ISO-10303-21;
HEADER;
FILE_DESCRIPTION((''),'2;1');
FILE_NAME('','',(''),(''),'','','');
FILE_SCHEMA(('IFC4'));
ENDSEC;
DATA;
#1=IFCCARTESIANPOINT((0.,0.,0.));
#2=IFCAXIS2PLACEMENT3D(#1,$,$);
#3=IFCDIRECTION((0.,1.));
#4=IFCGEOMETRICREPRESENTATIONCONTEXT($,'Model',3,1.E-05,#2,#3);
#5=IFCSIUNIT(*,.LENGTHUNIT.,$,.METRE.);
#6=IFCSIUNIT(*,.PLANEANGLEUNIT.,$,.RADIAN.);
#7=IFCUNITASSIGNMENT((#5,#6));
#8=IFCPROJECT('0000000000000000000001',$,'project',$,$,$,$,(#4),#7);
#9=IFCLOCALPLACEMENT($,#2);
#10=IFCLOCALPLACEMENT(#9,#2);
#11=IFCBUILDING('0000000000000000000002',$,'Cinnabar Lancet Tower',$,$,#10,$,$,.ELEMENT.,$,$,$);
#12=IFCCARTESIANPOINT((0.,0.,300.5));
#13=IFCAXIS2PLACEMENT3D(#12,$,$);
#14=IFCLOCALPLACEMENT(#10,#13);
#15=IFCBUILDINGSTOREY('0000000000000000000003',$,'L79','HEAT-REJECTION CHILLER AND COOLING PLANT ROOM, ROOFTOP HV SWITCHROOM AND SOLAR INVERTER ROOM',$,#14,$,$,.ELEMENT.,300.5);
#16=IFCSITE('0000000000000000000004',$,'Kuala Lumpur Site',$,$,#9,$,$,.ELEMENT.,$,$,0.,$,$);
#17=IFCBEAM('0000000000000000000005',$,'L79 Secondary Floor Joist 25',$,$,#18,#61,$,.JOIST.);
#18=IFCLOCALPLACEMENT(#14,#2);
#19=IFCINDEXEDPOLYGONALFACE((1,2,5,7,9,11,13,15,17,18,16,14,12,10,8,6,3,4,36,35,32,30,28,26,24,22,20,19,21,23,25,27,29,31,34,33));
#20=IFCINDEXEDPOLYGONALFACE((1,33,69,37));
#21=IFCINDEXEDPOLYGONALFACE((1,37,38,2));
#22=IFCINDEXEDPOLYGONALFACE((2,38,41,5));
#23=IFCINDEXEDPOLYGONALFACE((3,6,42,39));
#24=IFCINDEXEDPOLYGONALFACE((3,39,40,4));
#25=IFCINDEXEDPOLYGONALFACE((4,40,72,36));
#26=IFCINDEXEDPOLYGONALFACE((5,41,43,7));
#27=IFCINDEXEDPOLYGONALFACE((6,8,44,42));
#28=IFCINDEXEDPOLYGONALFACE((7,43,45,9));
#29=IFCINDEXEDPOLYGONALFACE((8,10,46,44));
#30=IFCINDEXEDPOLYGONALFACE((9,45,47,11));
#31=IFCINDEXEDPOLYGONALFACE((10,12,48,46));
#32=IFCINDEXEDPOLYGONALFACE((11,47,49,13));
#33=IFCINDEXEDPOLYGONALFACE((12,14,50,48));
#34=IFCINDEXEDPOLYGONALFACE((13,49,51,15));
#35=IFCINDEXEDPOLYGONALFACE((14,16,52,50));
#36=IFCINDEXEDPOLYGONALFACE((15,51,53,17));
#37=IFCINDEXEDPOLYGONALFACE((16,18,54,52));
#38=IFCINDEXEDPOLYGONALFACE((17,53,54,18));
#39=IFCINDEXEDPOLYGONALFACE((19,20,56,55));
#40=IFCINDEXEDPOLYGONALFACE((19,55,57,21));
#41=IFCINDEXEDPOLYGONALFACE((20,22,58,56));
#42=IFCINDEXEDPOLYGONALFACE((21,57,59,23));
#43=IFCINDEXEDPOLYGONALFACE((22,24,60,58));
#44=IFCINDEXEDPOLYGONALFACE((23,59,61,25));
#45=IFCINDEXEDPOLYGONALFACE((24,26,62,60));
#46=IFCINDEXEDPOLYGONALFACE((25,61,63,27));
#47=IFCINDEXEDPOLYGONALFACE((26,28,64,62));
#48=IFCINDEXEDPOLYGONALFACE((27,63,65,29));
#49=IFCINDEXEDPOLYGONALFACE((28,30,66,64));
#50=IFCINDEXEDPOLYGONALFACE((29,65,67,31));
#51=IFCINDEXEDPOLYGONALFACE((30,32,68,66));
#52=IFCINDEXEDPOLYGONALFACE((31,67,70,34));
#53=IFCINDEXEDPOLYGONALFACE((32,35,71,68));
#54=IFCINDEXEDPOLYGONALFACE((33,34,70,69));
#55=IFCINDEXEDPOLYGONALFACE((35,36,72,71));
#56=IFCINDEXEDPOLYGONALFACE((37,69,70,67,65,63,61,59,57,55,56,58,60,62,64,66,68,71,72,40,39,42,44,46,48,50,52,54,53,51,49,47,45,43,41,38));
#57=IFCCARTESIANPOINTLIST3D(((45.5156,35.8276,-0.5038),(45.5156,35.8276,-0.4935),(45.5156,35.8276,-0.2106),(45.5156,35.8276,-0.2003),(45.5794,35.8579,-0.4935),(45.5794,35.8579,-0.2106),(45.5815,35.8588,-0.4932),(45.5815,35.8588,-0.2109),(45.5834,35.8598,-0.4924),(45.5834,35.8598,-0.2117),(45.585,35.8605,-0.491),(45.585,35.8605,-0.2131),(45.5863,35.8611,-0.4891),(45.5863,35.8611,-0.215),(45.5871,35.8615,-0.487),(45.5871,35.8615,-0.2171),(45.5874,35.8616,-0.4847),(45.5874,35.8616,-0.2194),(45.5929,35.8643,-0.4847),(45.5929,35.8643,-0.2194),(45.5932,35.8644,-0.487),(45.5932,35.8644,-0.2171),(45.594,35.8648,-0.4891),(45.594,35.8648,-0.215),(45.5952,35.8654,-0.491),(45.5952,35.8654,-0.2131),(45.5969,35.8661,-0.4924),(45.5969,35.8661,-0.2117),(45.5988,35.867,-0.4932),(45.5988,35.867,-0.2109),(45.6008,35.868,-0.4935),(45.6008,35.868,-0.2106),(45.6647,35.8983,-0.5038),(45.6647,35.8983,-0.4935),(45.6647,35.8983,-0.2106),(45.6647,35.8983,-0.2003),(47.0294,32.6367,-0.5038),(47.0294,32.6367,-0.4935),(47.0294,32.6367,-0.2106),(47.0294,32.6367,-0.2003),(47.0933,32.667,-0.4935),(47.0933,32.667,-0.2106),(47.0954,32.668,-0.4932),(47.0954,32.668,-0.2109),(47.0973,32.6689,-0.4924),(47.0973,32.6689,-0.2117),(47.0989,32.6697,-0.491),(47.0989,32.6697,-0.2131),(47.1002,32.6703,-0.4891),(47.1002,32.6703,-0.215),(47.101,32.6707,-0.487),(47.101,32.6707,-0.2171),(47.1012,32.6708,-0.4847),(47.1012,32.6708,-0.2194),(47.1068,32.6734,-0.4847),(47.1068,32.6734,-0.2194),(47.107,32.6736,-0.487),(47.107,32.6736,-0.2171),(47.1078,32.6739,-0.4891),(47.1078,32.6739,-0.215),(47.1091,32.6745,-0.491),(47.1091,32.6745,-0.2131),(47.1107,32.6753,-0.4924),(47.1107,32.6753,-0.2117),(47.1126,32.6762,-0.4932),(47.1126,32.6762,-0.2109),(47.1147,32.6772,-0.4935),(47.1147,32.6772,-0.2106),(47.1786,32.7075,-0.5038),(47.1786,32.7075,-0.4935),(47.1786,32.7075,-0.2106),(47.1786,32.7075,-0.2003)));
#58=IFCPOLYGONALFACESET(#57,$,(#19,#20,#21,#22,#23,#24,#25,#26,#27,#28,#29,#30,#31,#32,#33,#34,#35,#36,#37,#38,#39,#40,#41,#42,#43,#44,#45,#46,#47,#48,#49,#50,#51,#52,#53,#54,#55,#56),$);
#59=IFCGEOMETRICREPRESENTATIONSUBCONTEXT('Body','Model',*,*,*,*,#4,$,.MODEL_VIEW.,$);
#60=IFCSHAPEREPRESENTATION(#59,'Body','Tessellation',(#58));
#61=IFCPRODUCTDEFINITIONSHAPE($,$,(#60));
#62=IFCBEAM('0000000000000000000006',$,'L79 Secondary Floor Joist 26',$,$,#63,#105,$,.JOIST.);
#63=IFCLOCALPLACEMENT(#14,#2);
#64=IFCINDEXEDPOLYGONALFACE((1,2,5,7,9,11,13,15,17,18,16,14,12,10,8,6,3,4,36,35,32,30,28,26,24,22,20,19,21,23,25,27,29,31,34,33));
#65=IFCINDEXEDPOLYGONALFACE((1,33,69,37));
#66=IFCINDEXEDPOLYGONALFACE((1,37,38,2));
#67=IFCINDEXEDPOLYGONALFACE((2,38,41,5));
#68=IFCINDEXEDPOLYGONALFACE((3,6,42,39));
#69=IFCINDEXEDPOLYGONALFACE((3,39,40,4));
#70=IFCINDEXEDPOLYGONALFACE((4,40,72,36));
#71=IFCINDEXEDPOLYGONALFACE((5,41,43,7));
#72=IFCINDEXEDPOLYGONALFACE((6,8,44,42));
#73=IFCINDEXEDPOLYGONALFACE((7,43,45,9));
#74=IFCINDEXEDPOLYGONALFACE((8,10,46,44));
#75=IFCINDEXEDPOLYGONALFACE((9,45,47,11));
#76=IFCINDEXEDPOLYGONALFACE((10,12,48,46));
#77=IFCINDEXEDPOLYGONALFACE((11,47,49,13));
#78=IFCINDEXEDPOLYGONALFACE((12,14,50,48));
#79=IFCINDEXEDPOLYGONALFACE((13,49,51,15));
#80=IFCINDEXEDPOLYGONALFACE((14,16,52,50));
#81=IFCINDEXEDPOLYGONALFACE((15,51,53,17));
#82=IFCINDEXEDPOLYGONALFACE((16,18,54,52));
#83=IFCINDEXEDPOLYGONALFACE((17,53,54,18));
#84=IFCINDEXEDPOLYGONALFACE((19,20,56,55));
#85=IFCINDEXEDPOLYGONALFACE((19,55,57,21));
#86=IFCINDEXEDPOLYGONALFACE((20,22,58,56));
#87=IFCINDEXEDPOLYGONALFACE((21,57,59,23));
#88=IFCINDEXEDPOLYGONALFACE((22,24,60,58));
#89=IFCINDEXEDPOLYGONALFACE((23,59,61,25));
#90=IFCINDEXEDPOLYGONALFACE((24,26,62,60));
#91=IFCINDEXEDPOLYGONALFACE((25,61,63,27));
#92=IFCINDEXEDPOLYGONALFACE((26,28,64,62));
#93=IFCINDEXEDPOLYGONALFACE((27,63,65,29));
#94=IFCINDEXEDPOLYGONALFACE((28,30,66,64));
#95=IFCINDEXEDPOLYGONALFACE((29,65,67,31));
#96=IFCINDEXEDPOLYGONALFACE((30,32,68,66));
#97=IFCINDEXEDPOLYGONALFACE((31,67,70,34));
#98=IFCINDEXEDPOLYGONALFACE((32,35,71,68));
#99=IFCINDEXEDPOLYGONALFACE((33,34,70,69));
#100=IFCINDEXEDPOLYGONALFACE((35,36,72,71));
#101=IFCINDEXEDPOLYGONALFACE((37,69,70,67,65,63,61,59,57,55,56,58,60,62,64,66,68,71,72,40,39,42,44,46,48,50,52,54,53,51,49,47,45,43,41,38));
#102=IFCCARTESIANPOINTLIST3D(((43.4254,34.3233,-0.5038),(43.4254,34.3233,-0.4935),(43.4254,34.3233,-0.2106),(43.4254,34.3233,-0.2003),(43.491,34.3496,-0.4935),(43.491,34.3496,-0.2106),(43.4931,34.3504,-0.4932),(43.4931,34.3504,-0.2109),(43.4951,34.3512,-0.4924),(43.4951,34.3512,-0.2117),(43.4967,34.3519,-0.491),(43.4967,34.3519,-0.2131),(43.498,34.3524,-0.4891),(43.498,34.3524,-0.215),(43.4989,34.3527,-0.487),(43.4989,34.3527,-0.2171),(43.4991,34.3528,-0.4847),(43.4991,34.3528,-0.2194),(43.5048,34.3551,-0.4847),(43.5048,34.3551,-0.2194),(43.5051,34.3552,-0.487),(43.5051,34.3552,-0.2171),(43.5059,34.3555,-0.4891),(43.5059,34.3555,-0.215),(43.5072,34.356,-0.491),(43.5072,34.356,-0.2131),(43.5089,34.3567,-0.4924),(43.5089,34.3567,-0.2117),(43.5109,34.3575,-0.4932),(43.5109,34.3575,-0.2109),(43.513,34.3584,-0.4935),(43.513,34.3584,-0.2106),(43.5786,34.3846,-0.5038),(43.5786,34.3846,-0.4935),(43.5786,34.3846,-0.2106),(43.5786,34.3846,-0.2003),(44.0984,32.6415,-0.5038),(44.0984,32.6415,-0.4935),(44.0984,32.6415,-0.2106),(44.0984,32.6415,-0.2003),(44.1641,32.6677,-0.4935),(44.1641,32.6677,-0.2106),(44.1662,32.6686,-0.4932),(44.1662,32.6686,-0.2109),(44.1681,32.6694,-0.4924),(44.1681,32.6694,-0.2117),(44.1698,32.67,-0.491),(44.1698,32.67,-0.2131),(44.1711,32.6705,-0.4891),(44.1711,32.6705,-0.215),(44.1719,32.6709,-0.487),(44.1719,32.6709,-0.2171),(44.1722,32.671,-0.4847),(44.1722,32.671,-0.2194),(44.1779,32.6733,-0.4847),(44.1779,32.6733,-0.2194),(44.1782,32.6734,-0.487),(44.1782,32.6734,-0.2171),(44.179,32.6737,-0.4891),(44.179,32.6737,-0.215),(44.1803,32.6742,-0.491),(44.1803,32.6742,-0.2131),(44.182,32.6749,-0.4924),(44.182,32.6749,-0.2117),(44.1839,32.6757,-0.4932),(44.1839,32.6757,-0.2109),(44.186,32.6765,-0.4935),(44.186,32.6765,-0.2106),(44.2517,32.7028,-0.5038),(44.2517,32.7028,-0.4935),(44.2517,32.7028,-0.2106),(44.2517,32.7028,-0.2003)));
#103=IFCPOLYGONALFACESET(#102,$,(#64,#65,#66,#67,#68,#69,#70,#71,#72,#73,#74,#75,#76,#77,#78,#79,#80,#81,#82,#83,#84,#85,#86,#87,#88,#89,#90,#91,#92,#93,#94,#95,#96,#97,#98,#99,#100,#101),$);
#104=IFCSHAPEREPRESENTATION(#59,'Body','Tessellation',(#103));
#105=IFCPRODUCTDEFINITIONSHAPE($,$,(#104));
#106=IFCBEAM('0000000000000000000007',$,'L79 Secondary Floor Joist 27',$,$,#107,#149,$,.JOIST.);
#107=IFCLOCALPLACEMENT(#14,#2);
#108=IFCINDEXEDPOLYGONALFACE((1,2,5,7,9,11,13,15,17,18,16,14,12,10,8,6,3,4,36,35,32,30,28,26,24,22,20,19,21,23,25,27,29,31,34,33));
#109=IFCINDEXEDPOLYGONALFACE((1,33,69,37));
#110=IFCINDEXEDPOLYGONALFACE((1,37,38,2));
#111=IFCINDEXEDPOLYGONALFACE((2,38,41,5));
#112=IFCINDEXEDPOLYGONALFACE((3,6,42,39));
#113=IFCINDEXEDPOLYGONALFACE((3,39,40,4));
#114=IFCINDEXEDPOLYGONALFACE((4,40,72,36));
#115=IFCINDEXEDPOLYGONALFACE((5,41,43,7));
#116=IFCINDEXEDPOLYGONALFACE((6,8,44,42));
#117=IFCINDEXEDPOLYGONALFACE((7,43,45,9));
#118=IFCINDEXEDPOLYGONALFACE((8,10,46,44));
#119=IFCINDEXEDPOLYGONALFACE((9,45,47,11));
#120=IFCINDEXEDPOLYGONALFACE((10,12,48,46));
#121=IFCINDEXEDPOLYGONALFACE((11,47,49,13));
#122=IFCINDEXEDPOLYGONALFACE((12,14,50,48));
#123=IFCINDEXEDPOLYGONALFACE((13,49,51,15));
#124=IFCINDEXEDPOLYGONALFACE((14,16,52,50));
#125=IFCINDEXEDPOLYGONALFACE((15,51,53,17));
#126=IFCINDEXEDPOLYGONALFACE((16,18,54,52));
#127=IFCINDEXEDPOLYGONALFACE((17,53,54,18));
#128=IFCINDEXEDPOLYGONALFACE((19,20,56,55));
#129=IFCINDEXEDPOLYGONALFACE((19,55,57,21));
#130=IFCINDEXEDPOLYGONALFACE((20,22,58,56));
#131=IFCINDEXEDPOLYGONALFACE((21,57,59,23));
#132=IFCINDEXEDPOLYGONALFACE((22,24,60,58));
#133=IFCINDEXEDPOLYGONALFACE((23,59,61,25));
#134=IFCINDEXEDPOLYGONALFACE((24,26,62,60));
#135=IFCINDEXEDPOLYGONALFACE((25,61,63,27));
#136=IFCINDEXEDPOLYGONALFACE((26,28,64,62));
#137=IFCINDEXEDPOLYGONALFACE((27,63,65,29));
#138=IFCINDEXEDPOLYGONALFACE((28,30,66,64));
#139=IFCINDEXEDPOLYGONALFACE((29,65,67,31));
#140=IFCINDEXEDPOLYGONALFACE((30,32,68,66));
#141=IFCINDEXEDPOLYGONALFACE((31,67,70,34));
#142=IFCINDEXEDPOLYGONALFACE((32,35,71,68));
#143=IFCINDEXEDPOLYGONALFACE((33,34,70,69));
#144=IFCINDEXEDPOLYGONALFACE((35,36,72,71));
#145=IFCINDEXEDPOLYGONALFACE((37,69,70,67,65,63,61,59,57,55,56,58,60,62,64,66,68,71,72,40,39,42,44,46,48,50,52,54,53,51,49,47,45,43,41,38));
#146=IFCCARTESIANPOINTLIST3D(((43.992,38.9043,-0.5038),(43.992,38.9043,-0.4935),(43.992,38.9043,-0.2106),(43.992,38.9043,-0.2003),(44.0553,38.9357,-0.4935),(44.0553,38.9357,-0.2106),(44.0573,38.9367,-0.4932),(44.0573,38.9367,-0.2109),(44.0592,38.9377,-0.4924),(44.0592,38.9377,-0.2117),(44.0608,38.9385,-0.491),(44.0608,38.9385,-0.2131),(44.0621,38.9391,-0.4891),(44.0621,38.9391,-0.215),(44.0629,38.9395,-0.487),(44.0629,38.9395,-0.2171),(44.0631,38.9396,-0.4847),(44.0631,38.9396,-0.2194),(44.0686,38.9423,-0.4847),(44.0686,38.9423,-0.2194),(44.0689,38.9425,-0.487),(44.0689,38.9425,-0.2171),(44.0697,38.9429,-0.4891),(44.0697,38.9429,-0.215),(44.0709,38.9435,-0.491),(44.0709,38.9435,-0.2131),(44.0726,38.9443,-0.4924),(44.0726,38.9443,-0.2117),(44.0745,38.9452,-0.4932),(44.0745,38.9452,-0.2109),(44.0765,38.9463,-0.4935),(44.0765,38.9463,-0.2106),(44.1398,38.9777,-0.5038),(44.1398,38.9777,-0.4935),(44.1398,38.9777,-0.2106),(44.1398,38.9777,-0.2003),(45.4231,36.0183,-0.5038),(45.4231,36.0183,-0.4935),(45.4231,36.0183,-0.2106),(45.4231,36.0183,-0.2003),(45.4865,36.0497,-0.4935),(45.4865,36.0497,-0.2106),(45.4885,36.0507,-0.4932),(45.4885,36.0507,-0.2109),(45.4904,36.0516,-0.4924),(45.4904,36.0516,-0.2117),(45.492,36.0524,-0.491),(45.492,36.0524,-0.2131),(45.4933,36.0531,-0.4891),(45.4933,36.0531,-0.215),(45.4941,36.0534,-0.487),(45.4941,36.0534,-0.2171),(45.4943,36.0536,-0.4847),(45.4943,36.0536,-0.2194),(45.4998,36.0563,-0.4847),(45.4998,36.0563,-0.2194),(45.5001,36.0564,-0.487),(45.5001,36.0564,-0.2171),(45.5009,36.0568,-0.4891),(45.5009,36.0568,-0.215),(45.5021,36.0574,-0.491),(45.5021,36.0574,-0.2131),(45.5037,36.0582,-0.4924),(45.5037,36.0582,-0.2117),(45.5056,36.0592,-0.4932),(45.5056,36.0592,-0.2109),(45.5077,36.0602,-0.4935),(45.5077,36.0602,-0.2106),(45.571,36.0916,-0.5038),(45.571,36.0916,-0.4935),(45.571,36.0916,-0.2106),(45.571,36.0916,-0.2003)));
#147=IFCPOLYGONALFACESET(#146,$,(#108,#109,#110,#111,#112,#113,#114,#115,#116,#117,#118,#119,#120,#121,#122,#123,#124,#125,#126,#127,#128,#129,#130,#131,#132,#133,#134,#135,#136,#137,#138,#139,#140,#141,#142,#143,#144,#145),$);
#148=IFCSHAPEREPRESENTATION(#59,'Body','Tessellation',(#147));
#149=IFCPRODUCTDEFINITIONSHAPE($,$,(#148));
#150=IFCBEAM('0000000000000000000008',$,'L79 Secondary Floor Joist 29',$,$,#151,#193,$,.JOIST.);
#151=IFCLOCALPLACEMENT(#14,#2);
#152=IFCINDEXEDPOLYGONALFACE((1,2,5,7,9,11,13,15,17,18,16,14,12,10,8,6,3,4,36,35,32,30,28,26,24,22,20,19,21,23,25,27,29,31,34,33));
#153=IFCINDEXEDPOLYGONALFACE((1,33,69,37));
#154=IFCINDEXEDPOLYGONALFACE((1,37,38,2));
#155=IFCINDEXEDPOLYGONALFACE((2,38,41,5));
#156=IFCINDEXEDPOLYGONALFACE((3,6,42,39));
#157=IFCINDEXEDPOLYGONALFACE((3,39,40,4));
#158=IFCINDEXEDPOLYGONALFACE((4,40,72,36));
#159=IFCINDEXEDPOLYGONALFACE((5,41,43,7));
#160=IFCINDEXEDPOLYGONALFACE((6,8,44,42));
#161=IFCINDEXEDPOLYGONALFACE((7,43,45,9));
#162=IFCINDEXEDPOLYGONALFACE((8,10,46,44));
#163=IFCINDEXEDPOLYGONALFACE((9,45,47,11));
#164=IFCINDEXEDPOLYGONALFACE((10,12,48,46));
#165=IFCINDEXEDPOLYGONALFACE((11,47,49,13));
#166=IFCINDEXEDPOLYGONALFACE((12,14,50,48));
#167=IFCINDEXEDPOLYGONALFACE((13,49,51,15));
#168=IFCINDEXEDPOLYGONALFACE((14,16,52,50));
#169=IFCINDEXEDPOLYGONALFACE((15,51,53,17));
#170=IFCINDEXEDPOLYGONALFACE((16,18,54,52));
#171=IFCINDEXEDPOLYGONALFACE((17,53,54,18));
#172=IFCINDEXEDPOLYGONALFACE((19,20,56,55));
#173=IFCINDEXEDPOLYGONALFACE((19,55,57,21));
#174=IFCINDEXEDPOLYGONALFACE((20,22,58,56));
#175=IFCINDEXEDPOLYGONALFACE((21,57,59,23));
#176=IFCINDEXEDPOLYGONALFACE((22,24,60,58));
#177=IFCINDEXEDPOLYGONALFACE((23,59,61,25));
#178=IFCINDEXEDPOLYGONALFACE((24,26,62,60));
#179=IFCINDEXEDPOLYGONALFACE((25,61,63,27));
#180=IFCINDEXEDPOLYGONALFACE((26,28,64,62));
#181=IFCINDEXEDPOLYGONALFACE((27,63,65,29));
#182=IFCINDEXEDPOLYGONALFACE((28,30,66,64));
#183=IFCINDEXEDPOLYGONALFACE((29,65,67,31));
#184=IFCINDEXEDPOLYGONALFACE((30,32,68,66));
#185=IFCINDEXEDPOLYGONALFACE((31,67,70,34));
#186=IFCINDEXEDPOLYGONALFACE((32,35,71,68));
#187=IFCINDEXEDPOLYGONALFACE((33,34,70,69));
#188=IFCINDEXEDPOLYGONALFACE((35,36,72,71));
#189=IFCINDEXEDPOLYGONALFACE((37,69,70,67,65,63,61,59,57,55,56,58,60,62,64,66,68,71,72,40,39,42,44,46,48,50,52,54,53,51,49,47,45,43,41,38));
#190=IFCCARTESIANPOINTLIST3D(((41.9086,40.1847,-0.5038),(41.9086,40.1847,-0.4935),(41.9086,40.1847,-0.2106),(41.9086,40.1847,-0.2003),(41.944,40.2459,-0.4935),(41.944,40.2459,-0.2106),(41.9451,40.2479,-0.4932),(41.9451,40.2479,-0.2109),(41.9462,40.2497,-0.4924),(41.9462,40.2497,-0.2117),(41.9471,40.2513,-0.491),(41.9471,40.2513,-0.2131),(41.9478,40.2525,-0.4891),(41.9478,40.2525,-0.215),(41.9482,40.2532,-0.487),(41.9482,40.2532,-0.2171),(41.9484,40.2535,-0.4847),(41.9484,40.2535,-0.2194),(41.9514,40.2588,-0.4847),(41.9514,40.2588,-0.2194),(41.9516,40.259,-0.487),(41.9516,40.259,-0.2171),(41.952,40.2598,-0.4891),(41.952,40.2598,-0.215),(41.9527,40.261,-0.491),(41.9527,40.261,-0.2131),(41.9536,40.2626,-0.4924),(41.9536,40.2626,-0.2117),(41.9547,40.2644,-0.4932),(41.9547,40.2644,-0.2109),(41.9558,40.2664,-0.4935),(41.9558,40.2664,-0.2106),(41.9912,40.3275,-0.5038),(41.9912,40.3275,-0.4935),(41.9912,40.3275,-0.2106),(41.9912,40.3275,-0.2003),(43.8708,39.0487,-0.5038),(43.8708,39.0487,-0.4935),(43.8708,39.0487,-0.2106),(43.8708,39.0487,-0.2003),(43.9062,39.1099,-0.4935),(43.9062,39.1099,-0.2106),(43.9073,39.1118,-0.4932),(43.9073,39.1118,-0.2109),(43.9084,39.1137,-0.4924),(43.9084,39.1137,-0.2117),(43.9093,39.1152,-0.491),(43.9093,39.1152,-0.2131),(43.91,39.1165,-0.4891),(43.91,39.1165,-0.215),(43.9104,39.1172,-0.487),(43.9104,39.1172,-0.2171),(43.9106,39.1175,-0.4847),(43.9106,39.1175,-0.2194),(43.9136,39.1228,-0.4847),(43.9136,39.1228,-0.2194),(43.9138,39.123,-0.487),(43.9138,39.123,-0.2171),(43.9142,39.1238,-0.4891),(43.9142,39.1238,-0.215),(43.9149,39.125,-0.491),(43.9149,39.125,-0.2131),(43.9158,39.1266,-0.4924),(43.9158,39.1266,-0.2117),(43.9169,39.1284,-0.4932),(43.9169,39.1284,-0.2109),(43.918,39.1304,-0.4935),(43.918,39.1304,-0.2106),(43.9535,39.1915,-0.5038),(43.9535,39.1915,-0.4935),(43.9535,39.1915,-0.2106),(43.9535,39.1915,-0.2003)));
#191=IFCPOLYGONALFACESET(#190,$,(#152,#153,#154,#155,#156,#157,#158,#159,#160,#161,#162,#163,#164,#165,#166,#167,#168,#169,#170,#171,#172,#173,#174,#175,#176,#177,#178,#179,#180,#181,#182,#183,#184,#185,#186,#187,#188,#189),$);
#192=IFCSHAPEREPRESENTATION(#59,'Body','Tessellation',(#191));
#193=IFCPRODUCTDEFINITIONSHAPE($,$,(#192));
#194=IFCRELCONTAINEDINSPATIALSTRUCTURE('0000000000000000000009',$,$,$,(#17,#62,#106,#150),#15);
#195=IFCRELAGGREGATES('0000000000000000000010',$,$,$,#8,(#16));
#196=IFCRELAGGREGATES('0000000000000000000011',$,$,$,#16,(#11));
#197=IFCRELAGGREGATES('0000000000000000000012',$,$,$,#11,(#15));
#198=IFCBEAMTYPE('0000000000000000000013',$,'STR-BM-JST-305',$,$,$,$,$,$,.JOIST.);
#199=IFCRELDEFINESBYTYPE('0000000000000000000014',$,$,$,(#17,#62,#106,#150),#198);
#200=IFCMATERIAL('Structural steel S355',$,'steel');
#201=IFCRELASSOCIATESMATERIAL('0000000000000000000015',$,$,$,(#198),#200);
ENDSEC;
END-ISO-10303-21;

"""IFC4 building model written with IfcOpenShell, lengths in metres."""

from ifc_helpers import new_model, si_unit, direction, frame, origin, origin_2d, place, context, subcontext, project, spatial, i_section, extrude, material, material_profile, profile_set, type_object, element, save


model = new_model("IFC4")

# Units and contexts
model_context = context("Model", 3, precision=1e-05, world=origin(), true_north=direction((0.0, 1.0)))
body_context = subcontext(model_context, "Body", "Model", "MODEL_VIEW")
ifc_project = project(units=[si_unit("LENGTHUNIT", "METRE"), si_unit("PLANEANGLEUNIT", "RADIAN")], contexts=[model_context])

# Site, building, storey
site_placement = place(None, origin())
site = spatial("IfcSite", under=ifc_project, at=site_placement, Name="Kuala Lumpur Site", CompositionType="ELEMENT", RefElevation=0.0)
building_placement = place(site_placement, origin())
building = spatial("IfcBuilding", under=site, at=building_placement, Name="Cinnabar Lancet Tower", CompositionType="ELEMENT")
storey_placement = place(building_placement, frame((0.0, 0.0, 300.5)))
storey = spatial("IfcBuildingStorey", under=building, at=storey_placement, Name="L79", Description="HEAT-REJECTION CHILLER AND COOLING PLANT ROOM, ROOFTOP HV SWITCHROOM AND SOLAR INVERTER ROOM", CompositionType="ELEMENT", Elevation=300.5)

# Beams
ifc_material_1 = material(Name="Structural steel S355", Category="steel")
ifc_material_profile_1 = material_profile(ifc_material_1, i_section(OverallWidth=0.165, OverallDepth=0.3035, WebThickness=0.0061, FlangeThickness=0.0103, FilletRadius=0.0088, at=origin_2d()), Name="UKB 305x165x40")
ifc_profile_set_1 = profile_set([ifc_material_profile_1], Name="Structural steel S355")
beam_type_1 = type_object("IfcBeamType", Name="STR-BM-JST-305", PredefinedType="JOIST", material=ifc_profile_set_1)
beam_1_placement = place(storey_placement, frame((47.104, 32.6721, -0.3521), z_axis=(-0.428648, 0.903472, 0.0), x_axis=(-0.903472, -0.428648, 0.0)))
element("IfcBeam", 1, at=beam_1_placement, inside=storey, type_object=beam_type_1, Name="L79 Secondary Floor Joist 25", PredefinedType="JOIST", context=body_context, shape_type="SweptSolid", body=[
    extrude(i_section(OverallWidth=0.165, OverallDepth=0.3035, WebThickness=0.0061, FlangeThickness=0.0103, FilletRadius=0.0088, at=origin_2d()), origin(), (0.0, 0.0, 1.0), 3.5317),
])
beam_2_placement = place(storey_placement, frame((44.175, 32.6721, -0.3521), z_axis=(-0.371553, 0.928412, 0.0), x_axis=(-0.928412, -0.371553, 0.0)))
element("IfcBeam", 2, at=beam_2_placement, inside=storey, type_object=beam_type_1, Name="L79 Secondary Floor Joist 26", PredefinedType="JOIST", context=body_context, shape_type="SweptSolid", body=[
    extrude(i_section(OverallWidth=0.165, OverallDepth=0.3035, WebThickness=0.0061, FlangeThickness=0.0103, FilletRadius=0.0088, at=origin_2d()), origin(), (0.0, 0.0, 1.0), 1.8115),
])
beam_3_placement = place(storey_placement, frame((45.4971, 36.0549, -0.3521), z_axis=(-0.444271, 0.895893, 0.0), x_axis=(-0.895893, -0.444271, 0.0)))
element("IfcBeam", 3, at=beam_3_placement, inside=storey, type_object=beam_type_1, Name="L79 Secondary Floor Joist 27", PredefinedType="JOIST", context=body_context, shape_type="SweptSolid", body=[
    extrude(i_section(OverallWidth=0.165, OverallDepth=0.3035, WebThickness=0.0061, FlangeThickness=0.0103, FilletRadius=0.0088, at=origin_2d()), origin(), (0.0, 0.0, 1.0), 3.2214),
])
beam_4_placement = place(storey_placement, frame((43.9121, 39.1201, -0.3521), z_axis=(-0.865426, 0.501036, 0.0), x_axis=(-0.501036, -0.865426, 0.0)))
element("IfcBeam", 4, at=beam_4_placement, inside=storey, type_object=beam_type_1, Name="L79 Secondary Floor Joist 29", PredefinedType="JOIST", context=body_context, shape_type="SweptSolid", body=[
    extrude(i_section(OverallWidth=0.165, OverallDepth=0.3035, WebThickness=0.0061, FlangeThickness=0.0103, FilletRadius=0.0088, at=origin_2d()), origin(), (0.0, 0.0, 1.0), 2.2673),
])

save(model, "model.ifc")
